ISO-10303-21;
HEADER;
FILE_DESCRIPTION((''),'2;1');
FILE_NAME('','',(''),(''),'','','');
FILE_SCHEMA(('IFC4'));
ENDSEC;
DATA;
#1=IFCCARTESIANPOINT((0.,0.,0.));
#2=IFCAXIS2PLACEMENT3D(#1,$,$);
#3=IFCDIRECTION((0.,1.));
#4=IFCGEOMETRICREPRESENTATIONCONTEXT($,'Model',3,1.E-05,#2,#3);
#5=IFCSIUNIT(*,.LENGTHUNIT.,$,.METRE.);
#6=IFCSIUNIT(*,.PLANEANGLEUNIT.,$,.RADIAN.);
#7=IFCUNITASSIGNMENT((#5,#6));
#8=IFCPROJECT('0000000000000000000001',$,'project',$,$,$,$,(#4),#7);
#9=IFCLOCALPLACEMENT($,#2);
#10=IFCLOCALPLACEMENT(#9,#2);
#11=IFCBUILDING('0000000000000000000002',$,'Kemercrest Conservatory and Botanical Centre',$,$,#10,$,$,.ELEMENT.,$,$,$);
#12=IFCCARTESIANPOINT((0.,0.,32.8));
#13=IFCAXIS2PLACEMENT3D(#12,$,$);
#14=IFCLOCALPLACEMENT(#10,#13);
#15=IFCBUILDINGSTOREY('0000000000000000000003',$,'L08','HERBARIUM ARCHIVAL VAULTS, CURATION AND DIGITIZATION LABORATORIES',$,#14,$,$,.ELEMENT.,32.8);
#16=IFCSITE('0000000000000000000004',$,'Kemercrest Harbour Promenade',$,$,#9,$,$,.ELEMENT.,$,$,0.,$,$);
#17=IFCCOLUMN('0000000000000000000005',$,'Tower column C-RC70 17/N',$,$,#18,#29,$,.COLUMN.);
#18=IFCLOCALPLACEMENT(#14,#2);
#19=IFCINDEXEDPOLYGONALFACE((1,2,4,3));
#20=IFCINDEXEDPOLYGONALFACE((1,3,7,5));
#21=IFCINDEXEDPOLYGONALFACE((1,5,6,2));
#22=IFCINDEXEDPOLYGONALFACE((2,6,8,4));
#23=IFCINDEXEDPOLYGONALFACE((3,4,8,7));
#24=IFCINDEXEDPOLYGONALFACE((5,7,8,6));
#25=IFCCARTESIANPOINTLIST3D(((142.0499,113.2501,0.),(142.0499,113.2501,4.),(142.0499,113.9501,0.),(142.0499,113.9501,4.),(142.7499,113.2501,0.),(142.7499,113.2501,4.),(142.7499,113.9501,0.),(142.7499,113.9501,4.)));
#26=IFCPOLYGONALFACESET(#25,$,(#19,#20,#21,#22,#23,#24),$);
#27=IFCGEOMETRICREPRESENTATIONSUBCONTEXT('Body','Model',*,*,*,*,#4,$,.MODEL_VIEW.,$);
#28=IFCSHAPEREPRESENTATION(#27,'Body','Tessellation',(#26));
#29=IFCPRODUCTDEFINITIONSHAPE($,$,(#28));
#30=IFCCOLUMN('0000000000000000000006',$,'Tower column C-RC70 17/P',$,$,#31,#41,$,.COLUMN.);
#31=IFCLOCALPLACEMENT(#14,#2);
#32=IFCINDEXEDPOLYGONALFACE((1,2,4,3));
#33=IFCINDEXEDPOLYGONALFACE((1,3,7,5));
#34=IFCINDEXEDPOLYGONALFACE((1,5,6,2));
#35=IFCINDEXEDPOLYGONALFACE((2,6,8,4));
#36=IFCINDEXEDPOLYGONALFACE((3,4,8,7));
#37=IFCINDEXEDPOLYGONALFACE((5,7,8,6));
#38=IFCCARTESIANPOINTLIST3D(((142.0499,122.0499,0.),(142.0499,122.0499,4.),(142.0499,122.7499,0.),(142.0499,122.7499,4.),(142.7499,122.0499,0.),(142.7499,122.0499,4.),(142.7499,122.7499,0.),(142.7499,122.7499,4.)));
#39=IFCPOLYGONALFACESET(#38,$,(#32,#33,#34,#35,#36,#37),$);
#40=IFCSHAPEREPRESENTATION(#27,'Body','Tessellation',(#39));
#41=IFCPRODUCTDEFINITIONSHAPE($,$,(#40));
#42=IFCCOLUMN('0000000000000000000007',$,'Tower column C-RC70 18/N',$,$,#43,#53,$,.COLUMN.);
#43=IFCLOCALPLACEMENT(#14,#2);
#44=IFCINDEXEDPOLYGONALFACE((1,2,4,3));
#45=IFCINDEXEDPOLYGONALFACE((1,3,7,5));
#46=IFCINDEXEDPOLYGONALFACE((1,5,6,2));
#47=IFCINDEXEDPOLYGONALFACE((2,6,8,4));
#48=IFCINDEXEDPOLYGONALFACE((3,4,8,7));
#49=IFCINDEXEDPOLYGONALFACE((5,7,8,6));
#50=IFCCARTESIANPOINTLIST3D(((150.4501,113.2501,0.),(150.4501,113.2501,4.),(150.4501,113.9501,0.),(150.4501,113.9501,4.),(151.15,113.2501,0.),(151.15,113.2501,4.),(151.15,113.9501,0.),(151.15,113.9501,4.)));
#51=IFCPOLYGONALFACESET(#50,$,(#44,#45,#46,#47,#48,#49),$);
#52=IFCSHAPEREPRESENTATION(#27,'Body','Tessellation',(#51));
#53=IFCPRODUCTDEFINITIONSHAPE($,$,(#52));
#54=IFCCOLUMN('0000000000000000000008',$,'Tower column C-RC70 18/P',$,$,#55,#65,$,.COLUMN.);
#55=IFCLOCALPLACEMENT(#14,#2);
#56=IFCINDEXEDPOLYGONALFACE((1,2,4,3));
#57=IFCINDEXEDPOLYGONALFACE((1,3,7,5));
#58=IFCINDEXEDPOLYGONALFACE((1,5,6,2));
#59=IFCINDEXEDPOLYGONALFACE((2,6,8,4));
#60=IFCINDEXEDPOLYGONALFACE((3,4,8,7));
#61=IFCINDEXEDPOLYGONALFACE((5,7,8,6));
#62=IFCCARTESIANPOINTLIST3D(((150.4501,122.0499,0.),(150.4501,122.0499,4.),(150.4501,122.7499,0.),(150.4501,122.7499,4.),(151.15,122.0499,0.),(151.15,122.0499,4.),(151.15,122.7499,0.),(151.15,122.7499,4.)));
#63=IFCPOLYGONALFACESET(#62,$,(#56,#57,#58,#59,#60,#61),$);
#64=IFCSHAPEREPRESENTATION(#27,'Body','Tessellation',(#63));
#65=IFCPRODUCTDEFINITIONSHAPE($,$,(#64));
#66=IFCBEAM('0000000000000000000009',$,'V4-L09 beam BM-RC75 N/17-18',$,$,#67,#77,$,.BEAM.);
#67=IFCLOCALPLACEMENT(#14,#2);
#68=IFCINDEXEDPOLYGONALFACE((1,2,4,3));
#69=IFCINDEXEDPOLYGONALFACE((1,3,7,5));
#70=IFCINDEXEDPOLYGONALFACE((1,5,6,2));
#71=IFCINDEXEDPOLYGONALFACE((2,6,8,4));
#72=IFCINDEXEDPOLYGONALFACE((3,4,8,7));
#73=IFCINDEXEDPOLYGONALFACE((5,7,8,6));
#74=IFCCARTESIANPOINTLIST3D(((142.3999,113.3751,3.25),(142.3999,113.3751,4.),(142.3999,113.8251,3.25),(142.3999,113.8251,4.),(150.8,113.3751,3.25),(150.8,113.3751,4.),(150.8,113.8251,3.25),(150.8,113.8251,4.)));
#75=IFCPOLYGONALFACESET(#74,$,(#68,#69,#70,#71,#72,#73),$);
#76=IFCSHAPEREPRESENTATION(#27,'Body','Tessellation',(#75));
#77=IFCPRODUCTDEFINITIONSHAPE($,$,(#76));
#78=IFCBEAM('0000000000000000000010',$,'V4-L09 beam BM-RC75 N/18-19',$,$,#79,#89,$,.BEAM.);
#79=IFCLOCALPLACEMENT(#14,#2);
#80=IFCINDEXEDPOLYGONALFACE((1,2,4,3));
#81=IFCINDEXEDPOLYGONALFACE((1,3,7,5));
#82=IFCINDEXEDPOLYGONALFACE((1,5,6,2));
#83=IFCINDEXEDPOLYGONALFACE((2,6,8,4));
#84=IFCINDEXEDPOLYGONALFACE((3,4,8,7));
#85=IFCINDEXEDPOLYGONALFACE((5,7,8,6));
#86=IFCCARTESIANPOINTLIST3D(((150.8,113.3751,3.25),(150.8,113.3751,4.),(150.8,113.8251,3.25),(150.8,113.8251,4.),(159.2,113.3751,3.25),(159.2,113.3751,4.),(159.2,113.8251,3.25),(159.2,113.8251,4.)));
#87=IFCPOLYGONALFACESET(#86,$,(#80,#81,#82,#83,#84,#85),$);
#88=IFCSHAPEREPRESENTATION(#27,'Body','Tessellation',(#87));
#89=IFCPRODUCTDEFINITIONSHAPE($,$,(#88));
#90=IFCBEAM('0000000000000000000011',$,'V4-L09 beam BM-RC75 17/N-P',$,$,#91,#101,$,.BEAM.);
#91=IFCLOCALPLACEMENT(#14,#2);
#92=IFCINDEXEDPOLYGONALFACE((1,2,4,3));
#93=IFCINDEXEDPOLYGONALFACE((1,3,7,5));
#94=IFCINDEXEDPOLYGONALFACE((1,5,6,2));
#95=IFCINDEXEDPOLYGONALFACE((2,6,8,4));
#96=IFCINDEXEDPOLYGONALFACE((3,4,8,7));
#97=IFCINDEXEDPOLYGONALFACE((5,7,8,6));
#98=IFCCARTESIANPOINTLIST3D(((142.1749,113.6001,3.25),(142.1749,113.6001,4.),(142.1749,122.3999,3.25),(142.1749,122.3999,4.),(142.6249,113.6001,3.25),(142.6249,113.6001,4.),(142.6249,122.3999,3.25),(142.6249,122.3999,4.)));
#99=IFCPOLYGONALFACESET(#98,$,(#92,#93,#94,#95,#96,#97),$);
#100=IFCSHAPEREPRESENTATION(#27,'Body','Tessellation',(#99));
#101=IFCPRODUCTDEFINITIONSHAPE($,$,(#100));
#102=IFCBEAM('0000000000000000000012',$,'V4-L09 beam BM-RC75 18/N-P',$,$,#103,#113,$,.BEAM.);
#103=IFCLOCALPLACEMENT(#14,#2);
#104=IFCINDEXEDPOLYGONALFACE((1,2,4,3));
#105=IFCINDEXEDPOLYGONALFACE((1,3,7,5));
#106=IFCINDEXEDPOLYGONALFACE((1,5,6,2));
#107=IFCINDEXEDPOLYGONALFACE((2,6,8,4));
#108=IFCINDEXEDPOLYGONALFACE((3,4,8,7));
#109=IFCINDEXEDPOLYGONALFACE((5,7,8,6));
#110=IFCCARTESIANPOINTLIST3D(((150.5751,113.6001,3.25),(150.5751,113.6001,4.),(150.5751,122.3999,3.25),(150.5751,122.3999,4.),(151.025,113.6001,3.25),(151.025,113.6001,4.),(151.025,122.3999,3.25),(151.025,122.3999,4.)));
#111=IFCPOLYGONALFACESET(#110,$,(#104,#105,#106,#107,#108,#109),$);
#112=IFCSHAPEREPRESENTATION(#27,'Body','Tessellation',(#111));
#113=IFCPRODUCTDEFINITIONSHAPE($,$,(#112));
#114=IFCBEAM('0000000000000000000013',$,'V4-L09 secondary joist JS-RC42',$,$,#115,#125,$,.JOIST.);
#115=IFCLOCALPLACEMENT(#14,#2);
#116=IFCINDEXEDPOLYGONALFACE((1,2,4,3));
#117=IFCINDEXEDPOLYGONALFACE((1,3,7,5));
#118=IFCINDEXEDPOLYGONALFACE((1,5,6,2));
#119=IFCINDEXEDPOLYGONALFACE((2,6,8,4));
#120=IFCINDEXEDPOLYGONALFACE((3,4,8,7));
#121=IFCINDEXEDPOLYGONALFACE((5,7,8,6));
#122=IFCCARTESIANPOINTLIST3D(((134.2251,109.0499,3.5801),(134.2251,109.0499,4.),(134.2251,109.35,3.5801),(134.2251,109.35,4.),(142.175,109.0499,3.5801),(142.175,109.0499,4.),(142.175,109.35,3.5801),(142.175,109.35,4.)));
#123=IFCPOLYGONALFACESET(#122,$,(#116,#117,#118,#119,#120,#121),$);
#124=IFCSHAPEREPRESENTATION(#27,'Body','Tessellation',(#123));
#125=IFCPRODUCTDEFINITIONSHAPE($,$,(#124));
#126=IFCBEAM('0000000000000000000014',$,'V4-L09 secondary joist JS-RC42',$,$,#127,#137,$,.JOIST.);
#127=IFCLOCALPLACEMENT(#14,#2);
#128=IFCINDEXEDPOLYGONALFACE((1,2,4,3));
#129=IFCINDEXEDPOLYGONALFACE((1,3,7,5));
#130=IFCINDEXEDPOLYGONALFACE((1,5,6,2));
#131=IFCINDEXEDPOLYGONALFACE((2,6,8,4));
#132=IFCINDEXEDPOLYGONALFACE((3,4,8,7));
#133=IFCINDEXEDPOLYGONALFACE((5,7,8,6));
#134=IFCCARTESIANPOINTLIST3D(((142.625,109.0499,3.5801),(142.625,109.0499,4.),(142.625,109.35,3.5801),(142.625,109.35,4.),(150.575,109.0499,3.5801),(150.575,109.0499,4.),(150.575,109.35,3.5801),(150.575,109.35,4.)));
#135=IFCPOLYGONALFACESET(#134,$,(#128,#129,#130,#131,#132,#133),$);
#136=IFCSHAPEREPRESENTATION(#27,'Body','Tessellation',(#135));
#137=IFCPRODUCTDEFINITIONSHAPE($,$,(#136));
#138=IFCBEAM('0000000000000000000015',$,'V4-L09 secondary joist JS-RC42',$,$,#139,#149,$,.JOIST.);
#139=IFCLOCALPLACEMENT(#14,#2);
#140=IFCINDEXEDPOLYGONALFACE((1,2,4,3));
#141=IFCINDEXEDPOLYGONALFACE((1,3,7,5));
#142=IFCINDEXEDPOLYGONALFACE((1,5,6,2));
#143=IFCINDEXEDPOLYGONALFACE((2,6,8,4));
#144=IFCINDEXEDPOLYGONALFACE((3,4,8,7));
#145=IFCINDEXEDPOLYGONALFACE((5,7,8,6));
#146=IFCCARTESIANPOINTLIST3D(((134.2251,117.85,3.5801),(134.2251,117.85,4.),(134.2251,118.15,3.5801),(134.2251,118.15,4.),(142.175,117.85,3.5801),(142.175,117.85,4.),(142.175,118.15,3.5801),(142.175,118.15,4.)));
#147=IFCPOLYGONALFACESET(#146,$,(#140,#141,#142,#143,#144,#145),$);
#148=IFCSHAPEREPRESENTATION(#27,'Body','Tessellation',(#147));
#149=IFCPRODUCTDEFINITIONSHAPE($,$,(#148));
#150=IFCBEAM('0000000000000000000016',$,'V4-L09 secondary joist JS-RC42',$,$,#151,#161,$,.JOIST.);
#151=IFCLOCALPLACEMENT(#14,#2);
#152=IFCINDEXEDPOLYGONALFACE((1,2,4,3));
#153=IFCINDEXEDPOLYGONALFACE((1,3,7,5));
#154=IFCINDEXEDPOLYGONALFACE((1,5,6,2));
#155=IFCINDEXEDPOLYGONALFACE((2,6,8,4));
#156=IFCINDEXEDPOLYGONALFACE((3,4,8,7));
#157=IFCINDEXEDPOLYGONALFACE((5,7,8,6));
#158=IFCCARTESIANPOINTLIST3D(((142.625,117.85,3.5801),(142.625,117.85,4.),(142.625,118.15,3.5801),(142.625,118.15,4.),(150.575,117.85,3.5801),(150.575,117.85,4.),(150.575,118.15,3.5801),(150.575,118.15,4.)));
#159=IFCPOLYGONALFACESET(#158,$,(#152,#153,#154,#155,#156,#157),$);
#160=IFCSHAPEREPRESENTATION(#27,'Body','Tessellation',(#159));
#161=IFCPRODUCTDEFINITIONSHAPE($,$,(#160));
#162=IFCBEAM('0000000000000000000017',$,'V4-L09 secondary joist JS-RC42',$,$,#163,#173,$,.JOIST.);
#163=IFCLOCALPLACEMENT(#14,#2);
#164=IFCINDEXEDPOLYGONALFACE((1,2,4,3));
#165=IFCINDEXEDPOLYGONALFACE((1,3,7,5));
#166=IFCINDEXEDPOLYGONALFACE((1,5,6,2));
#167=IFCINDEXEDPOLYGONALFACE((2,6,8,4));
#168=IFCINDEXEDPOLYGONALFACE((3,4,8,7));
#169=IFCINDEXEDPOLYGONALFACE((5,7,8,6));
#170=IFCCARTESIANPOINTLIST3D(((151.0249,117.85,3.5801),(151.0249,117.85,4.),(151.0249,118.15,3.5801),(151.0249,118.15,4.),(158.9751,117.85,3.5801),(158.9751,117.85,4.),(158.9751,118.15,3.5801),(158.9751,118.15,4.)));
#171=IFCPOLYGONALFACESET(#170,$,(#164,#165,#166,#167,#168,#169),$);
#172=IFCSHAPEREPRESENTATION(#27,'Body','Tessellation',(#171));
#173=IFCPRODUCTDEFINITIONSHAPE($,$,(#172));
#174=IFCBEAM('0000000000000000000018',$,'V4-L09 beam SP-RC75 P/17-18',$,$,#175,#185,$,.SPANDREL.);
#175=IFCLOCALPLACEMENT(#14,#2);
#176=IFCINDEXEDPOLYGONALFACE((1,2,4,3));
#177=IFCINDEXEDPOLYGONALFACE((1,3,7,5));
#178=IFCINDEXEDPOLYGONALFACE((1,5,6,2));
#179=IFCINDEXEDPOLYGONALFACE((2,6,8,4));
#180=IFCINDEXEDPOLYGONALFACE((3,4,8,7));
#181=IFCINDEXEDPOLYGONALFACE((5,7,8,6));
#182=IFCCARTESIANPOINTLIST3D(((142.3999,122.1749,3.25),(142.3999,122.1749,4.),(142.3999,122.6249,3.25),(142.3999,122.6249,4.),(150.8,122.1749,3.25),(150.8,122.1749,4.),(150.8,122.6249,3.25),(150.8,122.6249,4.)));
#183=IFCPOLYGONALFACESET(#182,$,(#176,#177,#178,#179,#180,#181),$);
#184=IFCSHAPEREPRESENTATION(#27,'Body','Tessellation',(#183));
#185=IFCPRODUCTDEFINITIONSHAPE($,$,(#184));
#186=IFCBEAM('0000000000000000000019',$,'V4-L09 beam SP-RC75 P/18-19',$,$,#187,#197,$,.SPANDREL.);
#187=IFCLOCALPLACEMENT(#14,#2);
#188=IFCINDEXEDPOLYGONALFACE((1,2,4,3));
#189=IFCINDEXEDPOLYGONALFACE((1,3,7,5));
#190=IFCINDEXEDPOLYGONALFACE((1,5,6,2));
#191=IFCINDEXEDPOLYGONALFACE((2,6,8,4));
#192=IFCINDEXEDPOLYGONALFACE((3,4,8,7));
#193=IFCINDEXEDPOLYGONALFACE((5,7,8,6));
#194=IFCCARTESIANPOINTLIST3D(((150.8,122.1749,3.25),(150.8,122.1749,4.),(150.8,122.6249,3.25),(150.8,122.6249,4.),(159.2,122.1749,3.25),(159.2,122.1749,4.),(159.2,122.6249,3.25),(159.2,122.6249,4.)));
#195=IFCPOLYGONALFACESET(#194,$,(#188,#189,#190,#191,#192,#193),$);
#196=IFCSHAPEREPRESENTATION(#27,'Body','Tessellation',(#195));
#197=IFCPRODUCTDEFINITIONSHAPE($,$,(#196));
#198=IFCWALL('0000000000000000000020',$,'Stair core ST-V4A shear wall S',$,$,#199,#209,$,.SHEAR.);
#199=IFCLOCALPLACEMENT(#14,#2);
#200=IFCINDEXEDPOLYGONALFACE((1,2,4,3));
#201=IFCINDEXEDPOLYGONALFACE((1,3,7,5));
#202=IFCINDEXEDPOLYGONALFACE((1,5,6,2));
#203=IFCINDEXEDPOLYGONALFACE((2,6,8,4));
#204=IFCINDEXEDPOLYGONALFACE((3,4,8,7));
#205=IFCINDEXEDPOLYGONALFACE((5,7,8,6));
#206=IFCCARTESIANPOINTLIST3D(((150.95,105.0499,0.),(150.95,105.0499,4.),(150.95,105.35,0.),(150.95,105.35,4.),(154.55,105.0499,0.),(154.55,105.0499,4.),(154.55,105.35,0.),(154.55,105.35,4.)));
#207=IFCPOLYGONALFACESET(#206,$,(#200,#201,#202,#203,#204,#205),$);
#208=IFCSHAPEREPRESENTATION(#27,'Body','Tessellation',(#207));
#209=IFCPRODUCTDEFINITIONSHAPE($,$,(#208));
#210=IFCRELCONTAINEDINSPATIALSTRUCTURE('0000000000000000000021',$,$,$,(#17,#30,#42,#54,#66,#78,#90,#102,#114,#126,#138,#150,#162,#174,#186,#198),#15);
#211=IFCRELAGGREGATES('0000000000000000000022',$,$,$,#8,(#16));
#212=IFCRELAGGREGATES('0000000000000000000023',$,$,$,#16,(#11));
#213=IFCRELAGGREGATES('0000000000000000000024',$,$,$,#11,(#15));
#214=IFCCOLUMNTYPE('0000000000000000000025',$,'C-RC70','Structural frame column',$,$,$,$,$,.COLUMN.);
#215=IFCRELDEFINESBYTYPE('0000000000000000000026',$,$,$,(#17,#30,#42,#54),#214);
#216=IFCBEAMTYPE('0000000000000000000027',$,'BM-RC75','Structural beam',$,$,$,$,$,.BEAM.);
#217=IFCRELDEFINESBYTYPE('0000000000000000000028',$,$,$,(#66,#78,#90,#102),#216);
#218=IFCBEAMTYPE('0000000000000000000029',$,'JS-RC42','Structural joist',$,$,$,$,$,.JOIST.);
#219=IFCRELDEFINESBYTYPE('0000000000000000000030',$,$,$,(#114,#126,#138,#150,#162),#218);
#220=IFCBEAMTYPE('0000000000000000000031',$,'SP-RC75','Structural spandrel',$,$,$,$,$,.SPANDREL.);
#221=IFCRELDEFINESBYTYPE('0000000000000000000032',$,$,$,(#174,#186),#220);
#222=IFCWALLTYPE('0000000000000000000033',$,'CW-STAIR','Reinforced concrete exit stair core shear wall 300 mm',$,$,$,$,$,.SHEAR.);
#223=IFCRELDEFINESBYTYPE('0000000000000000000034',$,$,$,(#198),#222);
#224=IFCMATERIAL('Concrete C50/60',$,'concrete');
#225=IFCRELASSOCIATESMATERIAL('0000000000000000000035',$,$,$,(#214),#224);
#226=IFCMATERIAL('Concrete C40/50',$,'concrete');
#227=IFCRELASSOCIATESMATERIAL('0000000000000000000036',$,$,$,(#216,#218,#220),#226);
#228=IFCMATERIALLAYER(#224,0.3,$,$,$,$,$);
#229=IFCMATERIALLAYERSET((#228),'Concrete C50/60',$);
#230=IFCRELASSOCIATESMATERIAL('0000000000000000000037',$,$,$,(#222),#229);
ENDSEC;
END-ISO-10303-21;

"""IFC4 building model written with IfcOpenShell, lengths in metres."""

from ifc_helpers import new_model, si_unit, direction, frame, frame_2d, origin, origin_2d, place, context, subcontext, project, spatial, rectangle, extrude, material, layer, layer_set, material_profile, profile_set, type_object, element, save


model = new_model("IFC4")

# Units and contexts
model_context = context("Model", 3, precision=1e-05, world=origin(), true_north=direction((0.0, 1.0)))
body_context = subcontext(model_context, "Body", "Model", "MODEL_VIEW")
ifc_project = project(units=[si_unit("LENGTHUNIT", "METRE"), si_unit("PLANEANGLEUNIT", "RADIAN")], contexts=[model_context])

# Site, building, storey
site_placement = place(None, origin())
site = spatial("IfcSite", under=ifc_project, at=site_placement, Name="Kemercrest Harbour Promenade", CompositionType="ELEMENT", RefElevation=0.0)
building_placement = place(site_placement, origin())
building = spatial("IfcBuilding", under=site, at=building_placement, Name="Kemercrest Conservatory and Botanical Centre", CompositionType="ELEMENT")
storey_placement = place(building_placement, frame((0.0, 0.0, 32.8)))
storey = spatial("IfcBuildingStorey", under=building, at=storey_placement, Name="L08", Description="HERBARIUM ARCHIVAL VAULTS, CURATION AND DIGITIZATION LABORATORIES", CompositionType="ELEMENT", Elevation=32.8)

# Columns
ifc_material_1 = material(Name="Concrete C50/60", Category="concrete")
ifc_material_profile_1 = material_profile(ifc_material_1, rectangle(XDim=0.7, YDim=0.7, at=origin_2d()), Name="RC 700x700")
ifc_profile_set_1 = profile_set([ifc_material_profile_1], Name="Concrete C50/60")
column_type = type_object("IfcColumnType", Name="C-RC70", Description="Structural frame column", PredefinedType="COLUMN", material=ifc_profile_set_1)
for number, where, z_axis, x_axis, name in (
    (1, (142.3999, 113.6001, 0.0), (0.0, 0.0, 1.0), (1.0, 0.0, 0.0), "Tower column C-RC70 17/N"),
    (2, (142.3999, 122.3999, 0.0), (0.0, 0.0, 1.0), (1.0, 0.0, 0.0), "Tower column C-RC70 17/P"),
    (3, (150.8, 113.6001, 0.0), (0.0, 0.0, 1.0), (1.0, 0.0, 0.0), "Tower column C-RC70 18/N"),
    (4, (150.8, 122.3999, 0.0), (0.0, 0.0, 1.0), (1.0, 0.0, 0.0), "Tower column C-RC70 18/P"),
):
    element("IfcColumn", number, at=place(storey_placement, frame(where, z_axis=z_axis, x_axis=x_axis)), inside=storey, type_object=column_type, Name=name, PredefinedType="COLUMN", context=body_context, shape_type="SweptSolid", body=[
        extrude(rectangle(XDim=0.7, YDim=0.7, at=origin_2d()), origin(), (0.0, 0.0, 1.0), 4.0),
    ])

# Beams
ifc_material_2 = material(Name="Concrete C40/50", Category="concrete")
ifc_material_profile_2 = material_profile(ifc_material_2, rectangle(XDim=0.45, YDim=0.75, at=origin_2d()), Name="RC 450x750")
ifc_profile_set_2 = profile_set([ifc_material_profile_2], Name="Concrete C40/50")
beam_type_1 = type_object("IfcBeamType", Name="BM-RC75", Description="Structural beam", PredefinedType="BEAM", material=ifc_profile_set_2)
beam_1_placement = place(storey_placement, frame((142.3999, 113.6001, 3.625), z_axis=(1.0, 0.0, 0.0), x_axis=(0.0, 1.0, 0.0)))
element("IfcBeam", 5, at=beam_1_placement, inside=storey, type_object=beam_type_1, Name="V4-L09 beam BM-RC75 N/17-18", PredefinedType="BEAM", context=body_context, shape_type="SweptSolid", body=[
    extrude(rectangle(XDim=0.45, YDim=0.75, at=origin_2d()), origin(), (0.0, 0.0, 1.0), 8.4001),
])
beam_2_placement = place(storey_placement, frame((150.8, 113.6001, 3.625), z_axis=(1.0, 0.0, 0.0), x_axis=(0.0, 1.0, 0.0)))
element("IfcBeam", 6, at=beam_2_placement, inside=storey, type_object=beam_type_1, Name="V4-L09 beam BM-RC75 N/18-19", PredefinedType="BEAM", context=body_context, shape_type="SweptSolid", body=[
    extrude(rectangle(XDim=0.45, YDim=0.75, at=origin_2d()), origin(), (0.0, 0.0, 1.0), 8.3999),
])
for number, where, z_axis, x_axis, name in (
    (7, (142.3999, 113.6001, 3.625), (0.0, 1.0, 0.0), (-1.0, 0.0, 0.0), "V4-L09 beam BM-RC75 17/N-P"),
    (8, (150.8, 113.6001, 3.625), (0.0, 1.0, 0.0), (-1.0, 0.0, 0.0), "V4-L09 beam BM-RC75 18/N-P"),
):
    element("IfcBeam", number, at=place(storey_placement, frame(where, z_axis=z_axis, x_axis=x_axis)), inside=storey, type_object=beam_type_1, Name=name, PredefinedType="BEAM", context=body_context, shape_type="SweptSolid", body=[
        extrude(rectangle(XDim=0.45, YDim=0.75, at=origin_2d()), origin(), (0.0, 0.0, 1.0), 8.7998),
    ])
ifc_material_profile_3 = material_profile(ifc_material_2, rectangle(XDim=0.3, YDim=0.4199, at=origin_2d()), Name="RC 300x420")
ifc_profile_set_3 = profile_set([ifc_material_profile_3], Name="Concrete C40/50")
beam_type_2 = type_object("IfcBeamType", Name="JS-RC42", Description="Structural joist", PredefinedType="JOIST", material=ifc_profile_set_3)
for number, where, z_axis, x_axis, name in (
    (9, (134.2251, 109.2, 3.79), (1.0, 0.0, 0.0), (0.0, 1.0, 0.0), "V4-L09 secondary joist JS-RC42"),
    (10, (142.625, 109.2, 3.79), (1.0, 0.0, 0.0), (0.0, 1.0, 0.0), "V4-L09 secondary joist JS-RC42"),
    (11, (134.2251, 118.0, 3.79), (1.0, 0.0, 0.0), (0.0, 1.0, 0.0), "V4-L09 secondary joist JS-RC42"),
    (12, (142.625, 118.0, 3.79), (1.0, 0.0, 0.0), (0.0, 1.0, 0.0), "V4-L09 secondary joist JS-RC42"),
):
    element("IfcBeam", number, at=place(storey_placement, frame(where, z_axis=z_axis, x_axis=x_axis)), inside=storey, type_object=beam_type_2, Name=name, PredefinedType="JOIST", context=body_context, shape_type="SweptSolid", body=[
        extrude(rectangle(XDim=0.3, YDim=0.4199, at=origin_2d()), origin(), (0.0, 0.0, 1.0), 7.95),
    ])
beam_3_placement = place(storey_placement, frame((151.0249, 118.0, 3.79), z_axis=(1.0, 0.0, 0.0), x_axis=(0.0, 1.0, 0.0)))
element("IfcBeam", 13, at=beam_3_placement, inside=storey, type_object=beam_type_2, Name="V4-L09 secondary joist JS-RC42", PredefinedType="JOIST", context=body_context, shape_type="SweptSolid", body=[
    extrude(rectangle(XDim=0.3, YDim=0.4199, at=origin_2d()), origin(), (0.0, 0.0, 1.0), 7.9502),
])
ifc_material_profile_4 = material_profile(ifc_material_2, rectangle(XDim=0.45, YDim=0.75, at=origin_2d()), Name="RC 450x750")
ifc_profile_set_4 = profile_set([ifc_material_profile_4], Name="Concrete C40/50")
beam_type_3 = type_object("IfcBeamType", Name="SP-RC75", Description="Structural spandrel", PredefinedType="SPANDREL", material=ifc_profile_set_4)
beam_4_placement = place(storey_placement, frame((142.3999, 122.3999, 3.625), z_axis=(1.0, 0.0, 0.0), x_axis=(0.0, 1.0, 0.0)))
element("IfcBeam", 14, at=beam_4_placement, inside=storey, type_object=beam_type_3, Name="V4-L09 beam SP-RC75 P/17-18", PredefinedType="SPANDREL", context=body_context, shape_type="SweptSolid", body=[
    extrude(rectangle(XDim=0.45, YDim=0.75, at=origin_2d()), origin(), (0.0, 0.0, 1.0), 8.4001),
])
beam_5_placement = place(storey_placement, frame((150.8, 122.3999, 3.625), z_axis=(1.0, 0.0, 0.0), x_axis=(0.0, 1.0, 0.0)))
element("IfcBeam", 15, at=beam_5_placement, inside=storey, type_object=beam_type_3, Name="V4-L09 beam SP-RC75 P/18-19", PredefinedType="SPANDREL", context=body_context, shape_type="SweptSolid", body=[
    extrude(rectangle(XDim=0.45, YDim=0.75, at=origin_2d()), origin(), (0.0, 0.0, 1.0), 8.3999),
])

# Wall
ifc_layer_1 = layer(ifc_material_1, 0.3)
ifc_layer_set_1 = layer_set([ifc_layer_1], Name="Concrete C50/60")
wall_type_1 = type_object("IfcWallType", Name="CW-STAIR", Description="Reinforced concrete exit stair core shear wall 300 mm", PredefinedType="SHEAR", material=ifc_layer_set_1)
for number, where, z_axis, x_axis, name in (
    (16, (150.95, 105.2, 0.0), (0.0, 0.0, 1.0), (1.0, 0.0, 0.0), "Stair core ST-V4A shear wall S"),
):
    element("IfcWall", number, at=place(storey_placement, frame(where, z_axis=z_axis, x_axis=x_axis)), inside=storey, type_object=wall_type_1, Name=name, PredefinedType="SHEAR", context=body_context, shape_type="SweptSolid", body=[
        extrude(rectangle(XDim=3.6001, YDim=0.3, at=frame_2d((1.8, 0.0))), origin(), (0.0, 0.0, 1.0), 4.0),
    ])

save(model, "model.ifc")
